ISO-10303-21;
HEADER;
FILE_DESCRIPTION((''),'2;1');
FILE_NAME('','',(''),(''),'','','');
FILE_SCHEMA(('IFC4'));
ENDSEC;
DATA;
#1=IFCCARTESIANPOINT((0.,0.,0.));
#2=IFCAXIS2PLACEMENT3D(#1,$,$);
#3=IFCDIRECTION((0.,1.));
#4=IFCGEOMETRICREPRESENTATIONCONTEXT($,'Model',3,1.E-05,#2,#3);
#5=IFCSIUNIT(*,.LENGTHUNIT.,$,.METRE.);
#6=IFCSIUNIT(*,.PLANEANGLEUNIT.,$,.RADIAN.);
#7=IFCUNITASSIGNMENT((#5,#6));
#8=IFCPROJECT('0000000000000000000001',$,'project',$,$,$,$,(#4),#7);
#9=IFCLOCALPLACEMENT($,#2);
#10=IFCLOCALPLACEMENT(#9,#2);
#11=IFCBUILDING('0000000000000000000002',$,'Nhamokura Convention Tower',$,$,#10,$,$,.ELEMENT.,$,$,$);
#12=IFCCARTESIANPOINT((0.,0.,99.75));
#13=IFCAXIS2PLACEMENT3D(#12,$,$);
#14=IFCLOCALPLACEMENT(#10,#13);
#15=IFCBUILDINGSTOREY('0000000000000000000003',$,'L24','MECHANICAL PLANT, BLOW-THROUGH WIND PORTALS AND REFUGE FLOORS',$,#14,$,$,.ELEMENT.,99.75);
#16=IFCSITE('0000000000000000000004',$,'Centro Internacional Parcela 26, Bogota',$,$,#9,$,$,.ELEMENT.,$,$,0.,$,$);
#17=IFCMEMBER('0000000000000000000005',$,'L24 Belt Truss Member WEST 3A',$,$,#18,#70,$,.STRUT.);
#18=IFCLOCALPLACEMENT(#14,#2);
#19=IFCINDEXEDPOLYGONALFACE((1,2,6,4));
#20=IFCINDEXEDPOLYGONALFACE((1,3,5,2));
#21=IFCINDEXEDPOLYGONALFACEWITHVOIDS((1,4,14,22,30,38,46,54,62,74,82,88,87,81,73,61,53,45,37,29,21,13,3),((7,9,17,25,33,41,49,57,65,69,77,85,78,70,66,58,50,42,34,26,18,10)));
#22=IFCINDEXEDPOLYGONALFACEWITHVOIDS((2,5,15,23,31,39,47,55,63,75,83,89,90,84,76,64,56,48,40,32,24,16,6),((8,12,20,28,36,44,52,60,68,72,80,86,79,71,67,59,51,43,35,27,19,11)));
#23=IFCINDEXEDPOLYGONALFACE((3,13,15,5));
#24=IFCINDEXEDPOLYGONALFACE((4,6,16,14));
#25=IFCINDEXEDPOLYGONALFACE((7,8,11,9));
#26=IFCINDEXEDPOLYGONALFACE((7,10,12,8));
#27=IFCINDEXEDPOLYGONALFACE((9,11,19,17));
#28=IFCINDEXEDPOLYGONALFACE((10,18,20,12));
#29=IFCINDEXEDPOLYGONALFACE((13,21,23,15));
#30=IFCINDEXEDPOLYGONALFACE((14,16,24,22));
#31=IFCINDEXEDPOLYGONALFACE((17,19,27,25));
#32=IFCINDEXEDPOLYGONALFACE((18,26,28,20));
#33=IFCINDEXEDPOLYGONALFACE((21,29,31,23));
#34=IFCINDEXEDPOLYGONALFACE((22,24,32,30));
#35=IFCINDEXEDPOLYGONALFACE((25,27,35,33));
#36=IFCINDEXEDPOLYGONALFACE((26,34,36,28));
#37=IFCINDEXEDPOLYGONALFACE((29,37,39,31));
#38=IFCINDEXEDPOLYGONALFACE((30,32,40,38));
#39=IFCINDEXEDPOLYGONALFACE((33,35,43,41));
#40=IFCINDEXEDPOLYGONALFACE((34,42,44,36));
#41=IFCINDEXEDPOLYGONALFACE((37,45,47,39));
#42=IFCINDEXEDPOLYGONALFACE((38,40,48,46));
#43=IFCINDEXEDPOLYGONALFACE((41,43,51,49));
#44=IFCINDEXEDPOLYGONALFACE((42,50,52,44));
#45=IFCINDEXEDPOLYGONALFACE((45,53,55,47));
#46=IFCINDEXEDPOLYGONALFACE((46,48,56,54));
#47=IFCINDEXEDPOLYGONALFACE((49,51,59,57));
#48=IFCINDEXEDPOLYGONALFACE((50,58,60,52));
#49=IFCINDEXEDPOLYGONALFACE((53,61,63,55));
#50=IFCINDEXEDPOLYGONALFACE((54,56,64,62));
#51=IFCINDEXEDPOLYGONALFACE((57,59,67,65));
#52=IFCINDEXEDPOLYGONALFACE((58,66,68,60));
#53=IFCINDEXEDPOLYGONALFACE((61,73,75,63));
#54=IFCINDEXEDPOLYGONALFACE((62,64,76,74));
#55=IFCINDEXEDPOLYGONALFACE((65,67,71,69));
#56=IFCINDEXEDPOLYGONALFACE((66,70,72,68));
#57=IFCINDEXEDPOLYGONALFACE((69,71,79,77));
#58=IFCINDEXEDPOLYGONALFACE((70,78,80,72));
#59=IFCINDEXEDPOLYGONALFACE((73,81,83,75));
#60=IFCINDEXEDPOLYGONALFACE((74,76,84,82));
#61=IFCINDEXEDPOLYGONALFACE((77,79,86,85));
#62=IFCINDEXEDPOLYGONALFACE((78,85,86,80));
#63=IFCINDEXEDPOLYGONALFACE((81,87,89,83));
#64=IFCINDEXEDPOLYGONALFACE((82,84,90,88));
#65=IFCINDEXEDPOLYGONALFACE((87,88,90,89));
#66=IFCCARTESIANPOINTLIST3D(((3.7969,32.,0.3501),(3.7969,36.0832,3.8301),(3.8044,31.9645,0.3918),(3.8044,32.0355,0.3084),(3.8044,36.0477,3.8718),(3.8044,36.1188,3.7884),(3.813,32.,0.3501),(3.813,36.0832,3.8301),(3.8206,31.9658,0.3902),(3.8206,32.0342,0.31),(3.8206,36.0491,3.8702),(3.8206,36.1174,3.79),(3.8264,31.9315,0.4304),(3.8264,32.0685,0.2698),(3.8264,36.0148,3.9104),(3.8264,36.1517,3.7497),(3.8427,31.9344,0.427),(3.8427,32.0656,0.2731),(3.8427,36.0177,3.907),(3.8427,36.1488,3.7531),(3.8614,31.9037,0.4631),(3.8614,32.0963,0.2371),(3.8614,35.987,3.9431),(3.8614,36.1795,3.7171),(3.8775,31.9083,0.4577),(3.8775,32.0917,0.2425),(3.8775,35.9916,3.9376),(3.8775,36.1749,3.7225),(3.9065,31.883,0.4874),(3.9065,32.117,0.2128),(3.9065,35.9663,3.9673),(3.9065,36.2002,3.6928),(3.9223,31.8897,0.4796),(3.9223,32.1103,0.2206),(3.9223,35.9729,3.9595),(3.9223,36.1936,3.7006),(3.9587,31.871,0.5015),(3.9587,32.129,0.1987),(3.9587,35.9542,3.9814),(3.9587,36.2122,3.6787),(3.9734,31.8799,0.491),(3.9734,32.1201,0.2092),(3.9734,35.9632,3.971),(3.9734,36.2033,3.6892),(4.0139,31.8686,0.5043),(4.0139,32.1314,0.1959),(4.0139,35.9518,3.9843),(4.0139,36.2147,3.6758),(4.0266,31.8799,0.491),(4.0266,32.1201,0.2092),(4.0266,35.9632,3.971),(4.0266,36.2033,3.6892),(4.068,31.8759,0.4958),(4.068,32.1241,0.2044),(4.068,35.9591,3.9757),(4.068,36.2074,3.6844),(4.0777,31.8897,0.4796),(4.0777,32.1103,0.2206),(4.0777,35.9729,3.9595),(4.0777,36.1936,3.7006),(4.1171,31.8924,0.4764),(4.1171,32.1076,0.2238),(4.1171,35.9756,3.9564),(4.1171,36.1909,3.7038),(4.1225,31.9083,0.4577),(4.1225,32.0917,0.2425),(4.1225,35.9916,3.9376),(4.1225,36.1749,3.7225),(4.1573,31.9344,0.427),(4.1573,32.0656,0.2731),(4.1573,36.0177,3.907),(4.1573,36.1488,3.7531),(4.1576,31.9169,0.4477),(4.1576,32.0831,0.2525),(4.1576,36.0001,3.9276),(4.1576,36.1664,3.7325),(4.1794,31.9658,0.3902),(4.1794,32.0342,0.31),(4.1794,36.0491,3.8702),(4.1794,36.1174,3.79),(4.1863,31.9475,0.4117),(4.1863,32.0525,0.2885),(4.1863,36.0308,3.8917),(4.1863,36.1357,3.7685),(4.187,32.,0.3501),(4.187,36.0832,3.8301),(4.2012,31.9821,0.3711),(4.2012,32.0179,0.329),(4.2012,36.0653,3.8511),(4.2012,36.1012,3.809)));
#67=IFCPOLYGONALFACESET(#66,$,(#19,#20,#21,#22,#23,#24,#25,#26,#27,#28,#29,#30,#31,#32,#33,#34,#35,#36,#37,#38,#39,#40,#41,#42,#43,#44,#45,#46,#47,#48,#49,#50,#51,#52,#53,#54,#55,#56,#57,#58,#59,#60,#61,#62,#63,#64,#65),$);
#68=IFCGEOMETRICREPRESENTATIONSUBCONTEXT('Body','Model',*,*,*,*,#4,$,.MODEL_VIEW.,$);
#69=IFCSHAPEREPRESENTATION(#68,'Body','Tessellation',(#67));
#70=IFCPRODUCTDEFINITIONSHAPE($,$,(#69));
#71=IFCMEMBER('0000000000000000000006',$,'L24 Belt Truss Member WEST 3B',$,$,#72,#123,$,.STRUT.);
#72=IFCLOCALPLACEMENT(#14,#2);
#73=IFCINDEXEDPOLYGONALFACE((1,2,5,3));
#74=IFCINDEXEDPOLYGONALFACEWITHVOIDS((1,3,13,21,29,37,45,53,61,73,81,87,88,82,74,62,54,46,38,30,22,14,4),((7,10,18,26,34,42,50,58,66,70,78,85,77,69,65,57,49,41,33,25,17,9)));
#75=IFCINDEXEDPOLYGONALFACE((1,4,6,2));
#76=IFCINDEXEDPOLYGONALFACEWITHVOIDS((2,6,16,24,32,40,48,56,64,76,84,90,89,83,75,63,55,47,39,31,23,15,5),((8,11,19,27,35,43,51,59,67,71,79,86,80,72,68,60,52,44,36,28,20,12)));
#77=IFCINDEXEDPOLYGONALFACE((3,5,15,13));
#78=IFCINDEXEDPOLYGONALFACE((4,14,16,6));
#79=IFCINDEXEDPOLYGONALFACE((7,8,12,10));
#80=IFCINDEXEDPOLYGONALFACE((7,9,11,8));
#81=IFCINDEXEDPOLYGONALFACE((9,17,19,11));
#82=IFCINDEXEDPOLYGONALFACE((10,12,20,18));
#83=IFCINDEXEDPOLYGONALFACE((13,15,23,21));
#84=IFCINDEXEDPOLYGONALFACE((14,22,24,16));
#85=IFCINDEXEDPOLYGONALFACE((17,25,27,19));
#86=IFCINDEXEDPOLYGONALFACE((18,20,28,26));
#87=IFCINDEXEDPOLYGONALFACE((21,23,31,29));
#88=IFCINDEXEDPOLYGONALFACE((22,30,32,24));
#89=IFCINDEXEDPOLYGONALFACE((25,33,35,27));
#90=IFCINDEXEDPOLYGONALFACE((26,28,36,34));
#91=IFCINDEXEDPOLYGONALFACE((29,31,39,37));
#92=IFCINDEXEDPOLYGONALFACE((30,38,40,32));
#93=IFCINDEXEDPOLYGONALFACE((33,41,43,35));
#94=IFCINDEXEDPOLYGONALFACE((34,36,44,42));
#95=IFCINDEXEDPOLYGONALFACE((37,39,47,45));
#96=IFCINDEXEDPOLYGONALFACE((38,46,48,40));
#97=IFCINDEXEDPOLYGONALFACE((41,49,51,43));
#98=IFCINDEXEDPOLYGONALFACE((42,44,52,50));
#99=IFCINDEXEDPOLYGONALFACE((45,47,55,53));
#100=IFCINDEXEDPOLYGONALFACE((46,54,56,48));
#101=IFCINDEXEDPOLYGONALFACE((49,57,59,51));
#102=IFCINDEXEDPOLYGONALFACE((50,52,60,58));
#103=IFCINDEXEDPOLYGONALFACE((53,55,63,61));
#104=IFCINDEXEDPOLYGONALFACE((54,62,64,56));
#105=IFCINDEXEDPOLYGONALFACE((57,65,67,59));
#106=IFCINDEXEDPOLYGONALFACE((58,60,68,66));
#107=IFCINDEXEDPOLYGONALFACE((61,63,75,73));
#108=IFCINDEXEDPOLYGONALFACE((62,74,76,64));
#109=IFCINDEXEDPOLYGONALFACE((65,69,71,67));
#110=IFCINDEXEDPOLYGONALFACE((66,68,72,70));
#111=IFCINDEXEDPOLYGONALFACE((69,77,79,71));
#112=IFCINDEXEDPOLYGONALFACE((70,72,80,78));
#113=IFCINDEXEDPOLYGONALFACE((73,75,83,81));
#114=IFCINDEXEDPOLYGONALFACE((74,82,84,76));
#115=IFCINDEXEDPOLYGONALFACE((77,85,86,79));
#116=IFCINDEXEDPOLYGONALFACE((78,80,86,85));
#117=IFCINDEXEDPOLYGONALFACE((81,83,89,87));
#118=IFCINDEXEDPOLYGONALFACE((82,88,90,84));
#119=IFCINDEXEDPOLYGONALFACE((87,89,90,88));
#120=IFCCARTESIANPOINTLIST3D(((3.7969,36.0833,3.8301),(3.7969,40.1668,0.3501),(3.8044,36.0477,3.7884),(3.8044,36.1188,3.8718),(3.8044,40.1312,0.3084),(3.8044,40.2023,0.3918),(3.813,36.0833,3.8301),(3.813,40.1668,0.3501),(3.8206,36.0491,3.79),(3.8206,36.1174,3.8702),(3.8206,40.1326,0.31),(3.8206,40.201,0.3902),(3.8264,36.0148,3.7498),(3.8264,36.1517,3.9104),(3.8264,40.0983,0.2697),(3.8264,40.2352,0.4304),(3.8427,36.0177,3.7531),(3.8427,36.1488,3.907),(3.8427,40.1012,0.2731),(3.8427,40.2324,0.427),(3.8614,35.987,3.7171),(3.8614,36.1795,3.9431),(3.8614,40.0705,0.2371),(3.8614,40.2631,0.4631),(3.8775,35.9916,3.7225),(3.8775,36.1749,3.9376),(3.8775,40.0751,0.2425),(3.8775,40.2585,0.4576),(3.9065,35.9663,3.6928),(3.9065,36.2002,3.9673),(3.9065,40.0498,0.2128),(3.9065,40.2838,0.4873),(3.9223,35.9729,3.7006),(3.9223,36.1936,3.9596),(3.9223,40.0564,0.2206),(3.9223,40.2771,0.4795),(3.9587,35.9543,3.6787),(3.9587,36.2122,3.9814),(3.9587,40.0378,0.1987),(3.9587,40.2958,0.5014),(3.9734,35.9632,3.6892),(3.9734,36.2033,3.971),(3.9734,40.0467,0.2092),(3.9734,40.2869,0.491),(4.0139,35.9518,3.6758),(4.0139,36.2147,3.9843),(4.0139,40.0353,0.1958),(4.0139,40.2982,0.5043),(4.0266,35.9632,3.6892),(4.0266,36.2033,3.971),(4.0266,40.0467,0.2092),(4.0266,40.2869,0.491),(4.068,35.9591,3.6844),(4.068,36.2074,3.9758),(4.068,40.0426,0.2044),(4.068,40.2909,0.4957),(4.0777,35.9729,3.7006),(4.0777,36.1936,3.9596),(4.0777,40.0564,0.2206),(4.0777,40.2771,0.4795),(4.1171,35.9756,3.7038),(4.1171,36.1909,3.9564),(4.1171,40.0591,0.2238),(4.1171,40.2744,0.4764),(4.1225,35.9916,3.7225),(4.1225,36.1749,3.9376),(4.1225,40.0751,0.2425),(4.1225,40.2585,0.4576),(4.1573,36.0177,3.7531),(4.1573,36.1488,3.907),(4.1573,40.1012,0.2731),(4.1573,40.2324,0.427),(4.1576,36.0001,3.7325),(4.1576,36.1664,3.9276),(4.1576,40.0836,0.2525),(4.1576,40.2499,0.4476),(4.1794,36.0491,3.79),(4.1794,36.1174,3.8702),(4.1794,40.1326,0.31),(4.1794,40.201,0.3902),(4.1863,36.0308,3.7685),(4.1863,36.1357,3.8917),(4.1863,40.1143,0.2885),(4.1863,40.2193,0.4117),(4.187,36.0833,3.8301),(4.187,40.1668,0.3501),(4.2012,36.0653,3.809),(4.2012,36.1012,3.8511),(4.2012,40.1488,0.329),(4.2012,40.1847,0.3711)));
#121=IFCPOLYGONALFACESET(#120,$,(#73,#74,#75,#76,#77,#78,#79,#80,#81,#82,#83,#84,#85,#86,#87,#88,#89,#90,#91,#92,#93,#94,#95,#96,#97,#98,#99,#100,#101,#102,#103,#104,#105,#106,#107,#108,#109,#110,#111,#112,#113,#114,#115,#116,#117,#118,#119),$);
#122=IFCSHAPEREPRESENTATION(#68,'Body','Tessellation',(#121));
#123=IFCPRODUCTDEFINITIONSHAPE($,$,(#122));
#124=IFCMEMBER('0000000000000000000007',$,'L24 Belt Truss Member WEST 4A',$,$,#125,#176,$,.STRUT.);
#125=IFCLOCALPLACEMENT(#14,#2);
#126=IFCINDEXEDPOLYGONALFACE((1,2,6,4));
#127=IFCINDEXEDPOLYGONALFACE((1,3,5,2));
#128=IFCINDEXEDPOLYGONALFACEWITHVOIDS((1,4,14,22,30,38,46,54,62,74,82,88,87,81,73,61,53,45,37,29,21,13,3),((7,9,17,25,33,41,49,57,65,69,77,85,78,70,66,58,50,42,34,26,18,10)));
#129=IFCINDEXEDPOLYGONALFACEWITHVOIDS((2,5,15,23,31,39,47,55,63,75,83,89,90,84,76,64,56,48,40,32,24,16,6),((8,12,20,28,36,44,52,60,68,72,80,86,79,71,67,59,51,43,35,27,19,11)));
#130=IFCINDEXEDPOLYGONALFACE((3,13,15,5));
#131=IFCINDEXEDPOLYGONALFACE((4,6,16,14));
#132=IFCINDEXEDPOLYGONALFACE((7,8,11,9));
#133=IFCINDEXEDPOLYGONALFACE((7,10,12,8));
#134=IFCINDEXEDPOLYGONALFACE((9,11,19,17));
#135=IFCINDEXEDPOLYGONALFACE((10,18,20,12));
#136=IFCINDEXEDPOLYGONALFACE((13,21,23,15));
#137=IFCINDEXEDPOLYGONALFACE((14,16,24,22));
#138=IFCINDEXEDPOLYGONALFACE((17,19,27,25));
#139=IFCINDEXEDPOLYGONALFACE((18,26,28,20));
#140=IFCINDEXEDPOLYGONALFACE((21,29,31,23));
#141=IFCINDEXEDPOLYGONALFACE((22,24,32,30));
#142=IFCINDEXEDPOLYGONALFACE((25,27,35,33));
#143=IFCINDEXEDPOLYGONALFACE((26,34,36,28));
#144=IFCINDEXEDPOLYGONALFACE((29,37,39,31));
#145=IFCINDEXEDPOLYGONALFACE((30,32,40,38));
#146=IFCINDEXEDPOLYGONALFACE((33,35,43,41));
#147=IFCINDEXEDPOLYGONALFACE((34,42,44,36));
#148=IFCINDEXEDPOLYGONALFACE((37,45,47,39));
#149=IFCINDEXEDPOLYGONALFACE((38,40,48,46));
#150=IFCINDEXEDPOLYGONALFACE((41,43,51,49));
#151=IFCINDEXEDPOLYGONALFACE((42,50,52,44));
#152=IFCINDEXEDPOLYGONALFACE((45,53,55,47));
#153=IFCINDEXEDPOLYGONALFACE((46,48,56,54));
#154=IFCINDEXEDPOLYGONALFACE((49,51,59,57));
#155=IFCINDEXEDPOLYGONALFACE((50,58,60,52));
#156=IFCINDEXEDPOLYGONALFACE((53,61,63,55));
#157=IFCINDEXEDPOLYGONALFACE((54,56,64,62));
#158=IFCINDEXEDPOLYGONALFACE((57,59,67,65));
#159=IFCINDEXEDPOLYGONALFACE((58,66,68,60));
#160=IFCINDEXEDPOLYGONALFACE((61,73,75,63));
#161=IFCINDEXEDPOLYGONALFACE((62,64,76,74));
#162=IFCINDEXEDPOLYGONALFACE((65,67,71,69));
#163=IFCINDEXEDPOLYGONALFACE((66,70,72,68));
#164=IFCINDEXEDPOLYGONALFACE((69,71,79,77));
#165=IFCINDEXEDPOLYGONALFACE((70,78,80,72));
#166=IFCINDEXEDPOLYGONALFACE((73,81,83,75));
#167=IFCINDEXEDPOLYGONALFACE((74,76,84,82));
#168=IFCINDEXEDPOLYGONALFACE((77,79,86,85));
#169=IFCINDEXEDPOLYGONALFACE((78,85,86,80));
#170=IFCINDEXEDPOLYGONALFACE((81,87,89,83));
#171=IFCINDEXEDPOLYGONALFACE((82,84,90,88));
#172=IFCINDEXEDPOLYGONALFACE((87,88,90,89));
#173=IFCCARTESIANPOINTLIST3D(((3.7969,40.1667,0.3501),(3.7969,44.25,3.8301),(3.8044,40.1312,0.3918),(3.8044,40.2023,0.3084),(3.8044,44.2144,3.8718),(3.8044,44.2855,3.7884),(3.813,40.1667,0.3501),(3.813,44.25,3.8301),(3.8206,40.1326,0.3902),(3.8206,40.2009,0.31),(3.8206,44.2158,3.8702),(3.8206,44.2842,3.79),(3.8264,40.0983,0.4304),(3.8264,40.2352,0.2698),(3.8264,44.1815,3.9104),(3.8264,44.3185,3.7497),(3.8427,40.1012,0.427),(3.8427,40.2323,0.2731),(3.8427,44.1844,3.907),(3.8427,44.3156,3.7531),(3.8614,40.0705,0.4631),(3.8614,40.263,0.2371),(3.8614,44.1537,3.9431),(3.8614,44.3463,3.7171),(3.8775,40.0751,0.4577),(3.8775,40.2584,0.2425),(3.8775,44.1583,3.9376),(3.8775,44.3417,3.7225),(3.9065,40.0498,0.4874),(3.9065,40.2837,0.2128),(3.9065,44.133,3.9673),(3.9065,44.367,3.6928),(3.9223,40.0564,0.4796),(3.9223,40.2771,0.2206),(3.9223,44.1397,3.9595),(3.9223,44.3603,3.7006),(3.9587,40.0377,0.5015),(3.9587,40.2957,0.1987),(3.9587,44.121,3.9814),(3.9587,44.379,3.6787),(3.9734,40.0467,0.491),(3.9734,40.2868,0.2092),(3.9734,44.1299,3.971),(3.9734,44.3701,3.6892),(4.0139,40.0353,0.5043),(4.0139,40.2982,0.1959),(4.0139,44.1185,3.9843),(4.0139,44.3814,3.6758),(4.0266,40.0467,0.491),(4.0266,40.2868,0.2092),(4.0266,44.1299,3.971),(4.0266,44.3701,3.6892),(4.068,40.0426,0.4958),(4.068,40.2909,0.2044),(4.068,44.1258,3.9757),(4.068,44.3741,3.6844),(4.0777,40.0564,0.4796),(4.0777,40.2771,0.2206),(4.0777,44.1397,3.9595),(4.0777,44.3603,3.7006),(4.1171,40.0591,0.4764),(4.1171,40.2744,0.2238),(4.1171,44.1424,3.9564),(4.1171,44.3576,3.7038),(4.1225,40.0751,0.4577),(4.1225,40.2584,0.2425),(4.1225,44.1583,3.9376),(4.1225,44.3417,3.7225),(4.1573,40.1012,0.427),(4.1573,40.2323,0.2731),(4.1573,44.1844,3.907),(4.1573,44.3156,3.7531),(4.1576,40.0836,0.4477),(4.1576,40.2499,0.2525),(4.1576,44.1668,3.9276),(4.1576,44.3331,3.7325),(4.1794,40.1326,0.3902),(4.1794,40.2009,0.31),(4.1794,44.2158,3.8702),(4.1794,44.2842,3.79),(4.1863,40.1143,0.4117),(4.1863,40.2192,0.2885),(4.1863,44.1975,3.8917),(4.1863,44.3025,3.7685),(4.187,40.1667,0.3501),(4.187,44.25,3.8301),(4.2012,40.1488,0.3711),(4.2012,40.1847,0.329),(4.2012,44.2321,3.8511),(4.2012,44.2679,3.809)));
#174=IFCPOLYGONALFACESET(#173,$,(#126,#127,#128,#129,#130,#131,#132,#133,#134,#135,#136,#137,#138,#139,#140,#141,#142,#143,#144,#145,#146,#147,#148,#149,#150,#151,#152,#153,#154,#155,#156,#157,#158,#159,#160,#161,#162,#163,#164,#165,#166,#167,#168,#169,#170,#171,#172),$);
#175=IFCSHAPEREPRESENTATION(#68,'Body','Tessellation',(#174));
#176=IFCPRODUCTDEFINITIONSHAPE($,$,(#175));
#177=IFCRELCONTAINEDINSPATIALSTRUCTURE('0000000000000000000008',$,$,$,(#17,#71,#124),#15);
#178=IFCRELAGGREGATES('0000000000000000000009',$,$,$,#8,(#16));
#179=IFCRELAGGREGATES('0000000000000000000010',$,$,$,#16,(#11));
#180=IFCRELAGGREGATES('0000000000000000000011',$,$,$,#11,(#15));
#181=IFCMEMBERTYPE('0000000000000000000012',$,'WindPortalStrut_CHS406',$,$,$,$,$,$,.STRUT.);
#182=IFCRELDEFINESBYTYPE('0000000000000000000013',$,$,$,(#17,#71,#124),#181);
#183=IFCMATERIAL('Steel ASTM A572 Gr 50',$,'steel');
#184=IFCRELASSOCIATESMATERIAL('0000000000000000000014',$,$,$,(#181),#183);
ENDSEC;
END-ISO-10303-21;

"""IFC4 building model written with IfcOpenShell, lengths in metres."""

from ifc_helpers import new_model, si_unit, direction, frame, origin, origin_2d, place, context, subcontext, project, spatial, hollow_circle, extrude, material, material_profile, profile_set, type_object, element, save


model = new_model("IFC4")

# Units and contexts
model_context = context("Model", 3, precision=1e-05, world=origin(), true_north=direction((0.0, 1.0)))
body_context = subcontext(model_context, "Body", "Model", "MODEL_VIEW")
ifc_project = project(units=[si_unit("LENGTHUNIT", "METRE"), si_unit("PLANEANGLEUNIT", "RADIAN")], contexts=[model_context])

# Site, building, storey
site_placement = place(None, origin())
site = spatial("IfcSite", under=ifc_project, at=site_placement, Name="Centro Internacional Parcela 26, Bogota", CompositionType="ELEMENT", RefElevation=0.0)
building_placement = place(site_placement, origin())
building = spatial("IfcBuilding", under=site, at=building_placement, Name="Nhamokura Convention Tower", CompositionType="ELEMENT")
storey_placement = place(building_placement, frame((0.0, 0.0, 99.75)))
storey = spatial("IfcBuildingStorey", under=building, at=storey_placement, Name="L24", Description="MECHANICAL PLANT, BLOW-THROUGH WIND PORTALS AND REFUGE FLOORS", CompositionType="ELEMENT", Elevation=99.75)

# Members
ifc_material_1 = material(Name="Steel ASTM A572 Gr 50", Category="steel")
ifc_material_profile_1 = material_profile(ifc_material_1, hollow_circle(Radius=0.2031, WallThickness=0.0161, at=origin_2d()))
ifc_profile_set_1 = profile_set([ifc_material_profile_1], Name="Steel ASTM A572 Gr 50")
member_type = type_object("IfcMemberType", Name="WindPortalStrut_CHS406", PredefinedType="STRUT", material=ifc_profile_set_1)
member_1_placement = place(storey_placement, frame((4.0, 32.0, 0.3501), z_axis=(0.0, 0.761091, 0.648645), x_axis=(-1.0, 0.0, 0.0)))
element("IfcMember", 1, at=member_1_placement, inside=storey, type_object=member_type, Name="L24 Belt Truss Member WEST 3A", PredefinedType="STRUT", context=body_context, shape_type="SweptSolid", body=[
    extrude(hollow_circle(Radius=0.2031, WallThickness=0.0161, at=origin_2d()), origin(), (0.0, 0.0, 1.0), 5.365),
])
member_2_placement = place(storey_placement, frame((4.0, 36.0833, 3.8301), z_axis=(0.0, 0.76111, -0.648623), x_axis=(-1.0, 0.0, 0.0)))
element("IfcMember", 2, at=member_2_placement, inside=storey, type_object=member_type, Name="L24 Belt Truss Member WEST 3B", PredefinedType="STRUT", context=body_context, shape_type="SweptSolid", body=[
    extrude(hollow_circle(Radius=0.2031, WallThickness=0.0161, at=origin_2d()), origin(), (0.0, 0.0, 1.0), 5.3652),
])
for number, where, z_axis, x_axis, name in (
    (3, (4.0, 40.1667, 0.3501), (0.0, 0.761091, 0.648645), (-1.0, 0.0, 0.0), "L24 Belt Truss Member WEST 4A"),
):
    element("IfcMember", number, at=place(storey_placement, frame(where, z_axis=z_axis, x_axis=x_axis)), inside=storey, type_object=member_type, Name=name, PredefinedType="STRUT", context=body_context, shape_type="SweptSolid", body=[
        extrude(hollow_circle(Radius=0.2031, WallThickness=0.0161, at=origin_2d()), origin(), (0.0, 0.0, 1.0), 5.365),
    ])

save(model, "model.ifc")
